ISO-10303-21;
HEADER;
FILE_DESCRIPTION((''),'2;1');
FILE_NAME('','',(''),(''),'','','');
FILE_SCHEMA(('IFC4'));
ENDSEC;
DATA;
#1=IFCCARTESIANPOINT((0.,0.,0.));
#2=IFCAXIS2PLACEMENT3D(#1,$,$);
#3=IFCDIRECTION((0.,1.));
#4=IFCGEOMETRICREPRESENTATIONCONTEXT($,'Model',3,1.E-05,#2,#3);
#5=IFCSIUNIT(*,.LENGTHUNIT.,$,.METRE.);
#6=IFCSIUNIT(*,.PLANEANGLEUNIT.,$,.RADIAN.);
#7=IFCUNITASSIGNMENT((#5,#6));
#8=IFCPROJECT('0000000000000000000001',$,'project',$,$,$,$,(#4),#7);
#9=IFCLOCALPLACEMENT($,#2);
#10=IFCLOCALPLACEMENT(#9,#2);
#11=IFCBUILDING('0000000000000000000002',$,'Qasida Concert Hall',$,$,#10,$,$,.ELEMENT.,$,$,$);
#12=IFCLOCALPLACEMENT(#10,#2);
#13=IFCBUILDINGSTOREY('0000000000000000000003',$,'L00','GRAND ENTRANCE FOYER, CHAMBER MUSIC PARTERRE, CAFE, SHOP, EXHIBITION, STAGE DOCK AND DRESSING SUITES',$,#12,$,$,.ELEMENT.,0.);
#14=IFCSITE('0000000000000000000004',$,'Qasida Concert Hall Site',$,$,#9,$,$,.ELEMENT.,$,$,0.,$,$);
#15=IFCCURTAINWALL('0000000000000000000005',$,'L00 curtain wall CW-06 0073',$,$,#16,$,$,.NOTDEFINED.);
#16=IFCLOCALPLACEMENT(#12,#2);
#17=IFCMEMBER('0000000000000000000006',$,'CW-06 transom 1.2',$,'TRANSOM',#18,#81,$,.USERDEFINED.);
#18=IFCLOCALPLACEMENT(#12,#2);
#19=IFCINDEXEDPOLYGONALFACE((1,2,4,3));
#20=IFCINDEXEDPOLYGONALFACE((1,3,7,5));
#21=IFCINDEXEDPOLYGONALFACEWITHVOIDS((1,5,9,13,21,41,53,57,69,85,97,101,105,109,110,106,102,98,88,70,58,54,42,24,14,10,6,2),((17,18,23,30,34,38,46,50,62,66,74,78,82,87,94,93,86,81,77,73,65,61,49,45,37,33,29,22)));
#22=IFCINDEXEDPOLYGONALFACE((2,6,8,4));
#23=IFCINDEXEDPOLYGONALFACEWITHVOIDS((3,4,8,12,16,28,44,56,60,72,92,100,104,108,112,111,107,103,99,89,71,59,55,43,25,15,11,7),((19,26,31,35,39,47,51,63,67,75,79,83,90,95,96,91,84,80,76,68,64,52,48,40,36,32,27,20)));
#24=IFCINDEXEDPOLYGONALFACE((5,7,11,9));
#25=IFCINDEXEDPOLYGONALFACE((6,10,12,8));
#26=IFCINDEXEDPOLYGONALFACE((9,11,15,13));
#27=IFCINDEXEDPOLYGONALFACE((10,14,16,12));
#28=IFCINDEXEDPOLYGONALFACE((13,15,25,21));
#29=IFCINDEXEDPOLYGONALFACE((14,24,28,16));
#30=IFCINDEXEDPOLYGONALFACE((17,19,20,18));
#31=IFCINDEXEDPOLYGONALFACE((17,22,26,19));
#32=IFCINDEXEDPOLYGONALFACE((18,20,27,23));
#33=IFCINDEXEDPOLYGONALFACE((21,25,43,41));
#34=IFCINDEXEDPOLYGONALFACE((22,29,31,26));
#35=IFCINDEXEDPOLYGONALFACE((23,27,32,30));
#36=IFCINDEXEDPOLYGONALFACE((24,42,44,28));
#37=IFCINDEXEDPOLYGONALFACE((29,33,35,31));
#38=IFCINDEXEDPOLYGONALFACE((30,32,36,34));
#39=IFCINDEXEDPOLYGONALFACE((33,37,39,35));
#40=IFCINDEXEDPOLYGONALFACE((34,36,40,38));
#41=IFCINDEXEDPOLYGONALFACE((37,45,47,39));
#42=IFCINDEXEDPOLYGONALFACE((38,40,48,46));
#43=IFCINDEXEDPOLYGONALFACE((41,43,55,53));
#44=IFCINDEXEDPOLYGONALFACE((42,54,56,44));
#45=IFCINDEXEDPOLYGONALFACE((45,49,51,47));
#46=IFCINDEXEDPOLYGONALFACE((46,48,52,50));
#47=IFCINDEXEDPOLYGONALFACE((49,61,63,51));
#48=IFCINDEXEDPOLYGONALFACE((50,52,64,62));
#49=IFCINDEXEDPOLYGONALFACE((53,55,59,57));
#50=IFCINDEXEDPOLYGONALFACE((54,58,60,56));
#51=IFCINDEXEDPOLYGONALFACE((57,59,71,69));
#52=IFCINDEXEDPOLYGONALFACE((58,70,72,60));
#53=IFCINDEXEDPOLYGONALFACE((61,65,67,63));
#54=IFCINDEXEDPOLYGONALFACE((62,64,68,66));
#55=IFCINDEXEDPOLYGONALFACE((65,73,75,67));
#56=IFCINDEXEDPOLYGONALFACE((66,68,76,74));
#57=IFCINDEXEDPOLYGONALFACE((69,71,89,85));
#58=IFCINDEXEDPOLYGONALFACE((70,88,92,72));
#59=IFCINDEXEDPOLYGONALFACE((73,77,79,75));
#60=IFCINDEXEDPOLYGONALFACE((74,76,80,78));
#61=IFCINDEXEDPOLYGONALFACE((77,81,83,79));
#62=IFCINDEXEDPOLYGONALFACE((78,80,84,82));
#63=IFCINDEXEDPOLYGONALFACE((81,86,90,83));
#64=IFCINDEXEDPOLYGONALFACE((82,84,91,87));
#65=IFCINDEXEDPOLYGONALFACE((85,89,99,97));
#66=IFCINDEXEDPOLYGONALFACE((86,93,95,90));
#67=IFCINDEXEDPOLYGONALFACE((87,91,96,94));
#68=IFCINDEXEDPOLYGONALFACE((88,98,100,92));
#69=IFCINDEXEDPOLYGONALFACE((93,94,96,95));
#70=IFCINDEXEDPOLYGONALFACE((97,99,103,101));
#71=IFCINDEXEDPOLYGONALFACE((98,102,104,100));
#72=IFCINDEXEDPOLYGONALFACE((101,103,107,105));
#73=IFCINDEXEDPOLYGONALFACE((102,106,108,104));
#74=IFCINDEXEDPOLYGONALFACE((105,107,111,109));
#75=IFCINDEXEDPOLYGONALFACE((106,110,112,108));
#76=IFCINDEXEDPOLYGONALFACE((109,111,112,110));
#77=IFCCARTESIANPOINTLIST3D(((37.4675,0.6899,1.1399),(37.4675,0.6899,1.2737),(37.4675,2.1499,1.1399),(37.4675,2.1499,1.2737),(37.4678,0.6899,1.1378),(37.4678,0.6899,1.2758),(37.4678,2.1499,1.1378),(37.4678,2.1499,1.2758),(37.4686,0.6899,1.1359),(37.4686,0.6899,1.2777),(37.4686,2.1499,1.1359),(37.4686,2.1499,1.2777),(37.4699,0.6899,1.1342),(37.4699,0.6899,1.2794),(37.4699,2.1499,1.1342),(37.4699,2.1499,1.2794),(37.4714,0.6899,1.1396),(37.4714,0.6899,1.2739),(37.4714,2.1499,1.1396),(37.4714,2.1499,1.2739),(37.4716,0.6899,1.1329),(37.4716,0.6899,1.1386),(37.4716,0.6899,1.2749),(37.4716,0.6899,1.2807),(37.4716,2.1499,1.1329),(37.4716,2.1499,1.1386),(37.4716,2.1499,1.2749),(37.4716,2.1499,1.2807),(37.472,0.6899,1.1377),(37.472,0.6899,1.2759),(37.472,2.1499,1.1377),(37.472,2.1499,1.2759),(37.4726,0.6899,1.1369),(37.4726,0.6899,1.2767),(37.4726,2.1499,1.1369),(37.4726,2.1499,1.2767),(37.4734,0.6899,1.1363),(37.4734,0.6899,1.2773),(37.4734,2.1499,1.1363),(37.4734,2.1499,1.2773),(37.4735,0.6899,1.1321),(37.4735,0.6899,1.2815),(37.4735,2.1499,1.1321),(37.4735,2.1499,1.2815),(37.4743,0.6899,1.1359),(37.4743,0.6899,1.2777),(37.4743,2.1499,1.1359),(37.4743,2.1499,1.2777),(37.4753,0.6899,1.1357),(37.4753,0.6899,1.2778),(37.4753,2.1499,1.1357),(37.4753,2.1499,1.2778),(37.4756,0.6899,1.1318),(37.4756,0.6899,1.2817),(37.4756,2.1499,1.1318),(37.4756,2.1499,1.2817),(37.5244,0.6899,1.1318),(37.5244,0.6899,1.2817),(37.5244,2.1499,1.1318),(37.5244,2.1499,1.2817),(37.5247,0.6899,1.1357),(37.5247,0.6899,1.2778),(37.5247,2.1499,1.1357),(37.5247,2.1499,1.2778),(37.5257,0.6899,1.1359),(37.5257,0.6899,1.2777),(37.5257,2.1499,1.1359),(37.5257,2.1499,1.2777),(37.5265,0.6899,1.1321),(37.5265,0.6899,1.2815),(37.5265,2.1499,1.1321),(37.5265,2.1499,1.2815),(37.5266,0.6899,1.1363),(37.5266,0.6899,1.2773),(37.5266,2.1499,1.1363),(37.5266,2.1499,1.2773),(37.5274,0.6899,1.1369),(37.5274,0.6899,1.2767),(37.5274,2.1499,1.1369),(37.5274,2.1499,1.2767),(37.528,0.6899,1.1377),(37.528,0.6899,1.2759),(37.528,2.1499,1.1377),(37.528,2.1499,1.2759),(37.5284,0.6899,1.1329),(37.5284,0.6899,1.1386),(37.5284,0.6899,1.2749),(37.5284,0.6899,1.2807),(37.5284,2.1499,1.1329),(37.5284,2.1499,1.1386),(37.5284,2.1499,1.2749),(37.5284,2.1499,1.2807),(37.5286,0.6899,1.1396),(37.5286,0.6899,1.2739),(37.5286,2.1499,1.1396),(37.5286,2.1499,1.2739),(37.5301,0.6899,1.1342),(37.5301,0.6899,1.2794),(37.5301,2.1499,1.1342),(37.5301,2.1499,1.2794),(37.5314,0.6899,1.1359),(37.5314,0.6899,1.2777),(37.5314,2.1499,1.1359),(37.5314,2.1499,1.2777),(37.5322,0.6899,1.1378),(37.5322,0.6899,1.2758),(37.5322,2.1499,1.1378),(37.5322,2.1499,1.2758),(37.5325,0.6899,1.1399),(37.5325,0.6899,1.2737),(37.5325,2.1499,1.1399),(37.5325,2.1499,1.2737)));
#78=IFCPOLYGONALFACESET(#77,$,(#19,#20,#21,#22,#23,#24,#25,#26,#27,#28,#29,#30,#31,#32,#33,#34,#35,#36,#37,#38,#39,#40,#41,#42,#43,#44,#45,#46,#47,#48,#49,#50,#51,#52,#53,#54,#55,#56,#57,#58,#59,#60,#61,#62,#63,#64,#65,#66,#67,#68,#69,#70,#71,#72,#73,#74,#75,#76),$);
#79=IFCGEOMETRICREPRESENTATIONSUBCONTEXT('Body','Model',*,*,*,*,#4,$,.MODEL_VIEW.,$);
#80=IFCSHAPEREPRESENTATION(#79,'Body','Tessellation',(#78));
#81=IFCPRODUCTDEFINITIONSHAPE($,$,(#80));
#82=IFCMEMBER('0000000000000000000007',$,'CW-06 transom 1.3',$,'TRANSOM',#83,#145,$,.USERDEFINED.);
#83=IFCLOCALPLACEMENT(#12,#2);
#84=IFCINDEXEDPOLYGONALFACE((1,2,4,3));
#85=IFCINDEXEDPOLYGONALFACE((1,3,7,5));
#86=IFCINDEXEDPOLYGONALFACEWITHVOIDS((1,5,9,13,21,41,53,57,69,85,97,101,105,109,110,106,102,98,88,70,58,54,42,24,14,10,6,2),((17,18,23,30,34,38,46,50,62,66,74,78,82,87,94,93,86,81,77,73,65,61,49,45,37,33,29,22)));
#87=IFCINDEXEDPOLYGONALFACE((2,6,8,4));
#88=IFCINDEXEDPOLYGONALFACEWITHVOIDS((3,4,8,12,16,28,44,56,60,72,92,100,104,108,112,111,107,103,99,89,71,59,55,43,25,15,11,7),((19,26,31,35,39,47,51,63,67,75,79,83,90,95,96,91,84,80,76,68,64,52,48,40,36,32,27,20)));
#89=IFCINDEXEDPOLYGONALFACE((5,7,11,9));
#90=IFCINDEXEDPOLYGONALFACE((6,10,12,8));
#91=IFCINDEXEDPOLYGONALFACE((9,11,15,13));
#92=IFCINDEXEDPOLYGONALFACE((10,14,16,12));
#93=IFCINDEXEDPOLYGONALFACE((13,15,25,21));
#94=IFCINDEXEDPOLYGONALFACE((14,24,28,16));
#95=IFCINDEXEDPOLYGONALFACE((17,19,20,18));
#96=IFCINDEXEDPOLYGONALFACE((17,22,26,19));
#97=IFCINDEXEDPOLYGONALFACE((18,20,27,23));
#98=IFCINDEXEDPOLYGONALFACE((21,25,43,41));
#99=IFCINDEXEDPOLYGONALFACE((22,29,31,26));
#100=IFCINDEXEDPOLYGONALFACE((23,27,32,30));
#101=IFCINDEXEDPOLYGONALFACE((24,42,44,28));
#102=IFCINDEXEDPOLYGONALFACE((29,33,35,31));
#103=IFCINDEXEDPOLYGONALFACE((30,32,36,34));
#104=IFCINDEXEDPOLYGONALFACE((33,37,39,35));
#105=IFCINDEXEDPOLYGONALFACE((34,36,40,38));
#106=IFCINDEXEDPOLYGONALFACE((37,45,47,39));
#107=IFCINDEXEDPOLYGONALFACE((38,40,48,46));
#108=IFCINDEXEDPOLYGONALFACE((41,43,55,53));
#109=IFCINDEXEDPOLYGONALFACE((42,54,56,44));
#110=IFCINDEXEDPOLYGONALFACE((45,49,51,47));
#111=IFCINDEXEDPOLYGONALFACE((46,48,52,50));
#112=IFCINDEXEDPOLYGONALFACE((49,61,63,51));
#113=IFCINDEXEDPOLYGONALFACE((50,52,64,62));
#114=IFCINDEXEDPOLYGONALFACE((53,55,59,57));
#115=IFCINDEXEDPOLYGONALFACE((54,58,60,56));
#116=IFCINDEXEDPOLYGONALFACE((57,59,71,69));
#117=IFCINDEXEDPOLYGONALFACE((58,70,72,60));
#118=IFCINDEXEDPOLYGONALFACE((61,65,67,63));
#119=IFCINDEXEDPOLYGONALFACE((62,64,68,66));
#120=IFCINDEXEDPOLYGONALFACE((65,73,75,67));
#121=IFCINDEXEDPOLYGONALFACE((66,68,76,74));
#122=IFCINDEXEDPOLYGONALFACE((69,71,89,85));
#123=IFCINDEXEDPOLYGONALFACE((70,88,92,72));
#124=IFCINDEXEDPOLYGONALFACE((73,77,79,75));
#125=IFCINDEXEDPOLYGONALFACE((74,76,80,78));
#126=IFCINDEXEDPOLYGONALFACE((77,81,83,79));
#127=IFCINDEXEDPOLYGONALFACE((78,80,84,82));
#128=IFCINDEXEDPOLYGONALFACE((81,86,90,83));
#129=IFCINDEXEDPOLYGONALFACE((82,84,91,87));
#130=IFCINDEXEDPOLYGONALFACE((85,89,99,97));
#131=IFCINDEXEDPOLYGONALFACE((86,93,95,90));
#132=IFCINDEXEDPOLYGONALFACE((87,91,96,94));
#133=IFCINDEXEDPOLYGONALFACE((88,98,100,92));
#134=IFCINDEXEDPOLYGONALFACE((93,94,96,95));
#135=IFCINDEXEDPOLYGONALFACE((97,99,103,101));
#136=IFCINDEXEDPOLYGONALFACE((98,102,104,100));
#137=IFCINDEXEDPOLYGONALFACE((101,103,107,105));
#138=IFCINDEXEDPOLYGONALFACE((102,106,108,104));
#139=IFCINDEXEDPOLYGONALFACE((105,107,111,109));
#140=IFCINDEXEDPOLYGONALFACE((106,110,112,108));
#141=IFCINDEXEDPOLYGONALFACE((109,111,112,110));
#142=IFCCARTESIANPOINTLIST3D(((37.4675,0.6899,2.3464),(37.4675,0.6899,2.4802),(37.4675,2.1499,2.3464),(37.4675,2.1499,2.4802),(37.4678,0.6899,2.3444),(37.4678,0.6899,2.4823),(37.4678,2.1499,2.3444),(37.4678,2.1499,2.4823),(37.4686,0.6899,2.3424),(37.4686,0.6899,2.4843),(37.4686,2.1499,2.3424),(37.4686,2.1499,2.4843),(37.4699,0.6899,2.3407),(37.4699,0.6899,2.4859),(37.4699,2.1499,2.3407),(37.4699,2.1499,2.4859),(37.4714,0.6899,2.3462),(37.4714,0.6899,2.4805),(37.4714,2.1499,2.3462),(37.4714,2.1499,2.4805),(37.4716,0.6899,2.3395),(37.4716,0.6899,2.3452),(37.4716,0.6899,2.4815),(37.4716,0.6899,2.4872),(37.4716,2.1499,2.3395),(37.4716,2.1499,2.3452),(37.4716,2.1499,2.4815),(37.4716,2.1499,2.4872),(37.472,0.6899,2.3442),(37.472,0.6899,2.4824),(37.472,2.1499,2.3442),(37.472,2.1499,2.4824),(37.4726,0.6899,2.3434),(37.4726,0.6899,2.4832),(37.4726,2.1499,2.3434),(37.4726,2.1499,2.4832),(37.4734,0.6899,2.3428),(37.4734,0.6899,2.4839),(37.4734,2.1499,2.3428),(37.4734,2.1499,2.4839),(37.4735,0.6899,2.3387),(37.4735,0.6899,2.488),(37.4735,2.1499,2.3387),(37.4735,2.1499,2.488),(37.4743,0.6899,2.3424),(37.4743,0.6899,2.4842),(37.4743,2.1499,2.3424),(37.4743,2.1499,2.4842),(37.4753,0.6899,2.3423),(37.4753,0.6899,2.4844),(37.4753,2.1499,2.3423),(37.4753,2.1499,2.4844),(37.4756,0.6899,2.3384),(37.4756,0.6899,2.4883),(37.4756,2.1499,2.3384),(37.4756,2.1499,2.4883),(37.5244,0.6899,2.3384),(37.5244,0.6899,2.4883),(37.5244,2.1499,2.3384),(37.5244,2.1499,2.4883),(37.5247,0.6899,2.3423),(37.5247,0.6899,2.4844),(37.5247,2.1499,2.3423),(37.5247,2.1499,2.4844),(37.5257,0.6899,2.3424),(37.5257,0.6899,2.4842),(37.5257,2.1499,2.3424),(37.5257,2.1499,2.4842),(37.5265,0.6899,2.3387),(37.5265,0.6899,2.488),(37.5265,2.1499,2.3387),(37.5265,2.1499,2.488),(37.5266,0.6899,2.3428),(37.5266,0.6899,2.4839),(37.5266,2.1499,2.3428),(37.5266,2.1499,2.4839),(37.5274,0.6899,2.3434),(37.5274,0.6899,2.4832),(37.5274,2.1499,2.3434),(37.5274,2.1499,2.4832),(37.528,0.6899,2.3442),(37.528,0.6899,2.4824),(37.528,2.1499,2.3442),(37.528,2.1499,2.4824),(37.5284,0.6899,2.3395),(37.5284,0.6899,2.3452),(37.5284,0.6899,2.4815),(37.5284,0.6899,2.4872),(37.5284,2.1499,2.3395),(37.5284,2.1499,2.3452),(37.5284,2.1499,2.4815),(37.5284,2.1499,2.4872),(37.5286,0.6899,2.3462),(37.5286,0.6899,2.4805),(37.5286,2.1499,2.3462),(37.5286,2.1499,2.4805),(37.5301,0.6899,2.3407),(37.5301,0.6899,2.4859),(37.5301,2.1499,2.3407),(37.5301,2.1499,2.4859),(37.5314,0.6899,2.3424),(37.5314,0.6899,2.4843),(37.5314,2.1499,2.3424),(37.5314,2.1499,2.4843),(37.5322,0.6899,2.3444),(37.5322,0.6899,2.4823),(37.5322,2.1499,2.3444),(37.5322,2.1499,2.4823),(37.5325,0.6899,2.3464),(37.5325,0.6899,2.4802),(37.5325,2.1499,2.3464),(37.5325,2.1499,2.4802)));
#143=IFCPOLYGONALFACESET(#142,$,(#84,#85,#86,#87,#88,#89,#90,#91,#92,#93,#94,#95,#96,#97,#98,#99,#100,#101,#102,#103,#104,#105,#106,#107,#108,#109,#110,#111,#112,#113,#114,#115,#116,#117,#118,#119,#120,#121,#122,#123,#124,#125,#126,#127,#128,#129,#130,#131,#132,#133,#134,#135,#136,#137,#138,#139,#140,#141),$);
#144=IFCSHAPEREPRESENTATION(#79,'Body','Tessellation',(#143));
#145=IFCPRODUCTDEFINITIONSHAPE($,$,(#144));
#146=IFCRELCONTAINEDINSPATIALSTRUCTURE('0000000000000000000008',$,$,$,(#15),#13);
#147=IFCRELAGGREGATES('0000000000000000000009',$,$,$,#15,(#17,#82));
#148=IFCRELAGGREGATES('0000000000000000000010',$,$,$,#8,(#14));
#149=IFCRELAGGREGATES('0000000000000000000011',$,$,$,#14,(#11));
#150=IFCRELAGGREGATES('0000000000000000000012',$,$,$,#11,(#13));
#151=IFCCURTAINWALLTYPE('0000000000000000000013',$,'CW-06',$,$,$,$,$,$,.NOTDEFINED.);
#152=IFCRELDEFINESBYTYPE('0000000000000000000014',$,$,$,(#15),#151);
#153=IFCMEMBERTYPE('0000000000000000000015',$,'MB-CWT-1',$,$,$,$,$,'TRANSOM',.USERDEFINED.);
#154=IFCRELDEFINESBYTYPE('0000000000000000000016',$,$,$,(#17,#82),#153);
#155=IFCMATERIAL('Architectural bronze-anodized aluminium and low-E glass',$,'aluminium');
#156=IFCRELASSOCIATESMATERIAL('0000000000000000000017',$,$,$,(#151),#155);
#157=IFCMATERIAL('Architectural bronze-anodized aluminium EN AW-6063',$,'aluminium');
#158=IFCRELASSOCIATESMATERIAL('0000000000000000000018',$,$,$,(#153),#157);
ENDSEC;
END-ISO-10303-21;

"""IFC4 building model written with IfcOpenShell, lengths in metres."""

from ifc_helpers import new_model, si_unit, direction, frame, origin, origin_2d, place, context, subcontext, project, spatial, hollow_rectangle, extrude, material, material_profile, profile_set, type_object, element, aggregate, save


model = new_model("IFC4")

# Units and contexts
model_context = context("Model", 3, precision=1e-05, world=origin(), true_north=direction((0.0, 1.0)))
body_context = subcontext(model_context, "Body", "Model", "MODEL_VIEW")
ifc_project = project(units=[si_unit("LENGTHUNIT", "METRE"), si_unit("PLANEANGLEUNIT", "RADIAN")], contexts=[model_context])

# Site, building, storey
site_placement = place(None, origin())
site = spatial("IfcSite", under=ifc_project, at=site_placement, Name="Qasida Concert Hall Site", CompositionType="ELEMENT", RefElevation=0.0)
building_placement = place(site_placement, origin())
building = spatial("IfcBuilding", under=site, at=building_placement, Name="Qasida Concert Hall", CompositionType="ELEMENT")
storey_placement = place(building_placement, origin())
storey = spatial("IfcBuildingStorey", under=building, at=storey_placement, Name="L00", Description="GRAND ENTRANCE FOYER, CHAMBER MUSIC PARTERRE, CAFE, SHOP, EXHIBITION, STAGE DOCK AND DRESSING SUITES", CompositionType="ELEMENT", Elevation=0.0)

# Curtain wall, members
ifc_material_1 = material(Name="Architectural bronze-anodized aluminium and low-E glass", Category="aluminium")
curtain_wall_type = type_object("IfcCurtainWallType", Name="CW-06", PredefinedType="NOTDEFINED", material=ifc_material_1)
curtain_wall_placement = place(storey_placement, origin())
curtain_wall = element("IfcCurtainWall", 1, at=curtain_wall_placement, inside=storey, type_object=curtain_wall_type, Name="L00 curtain wall CW-06 0073", PredefinedType="NOTDEFINED")
ifc_material_2 = material(Name="Architectural bronze-anodized aluminium EN AW-6063", Category="aluminium")
ifc_material_profile_1 = material_profile(ifc_material_2, hollow_rectangle(XDim=0.0649, YDim=0.1499, WallThickness=0.0039, InnerFilletRadius=0.0039, OuterFilletRadius=0.0081, at=origin_2d()), Name="CWT 150x65x4")
ifc_profile_set_1 = profile_set([ifc_material_profile_1], Name="Architectural bronze-anodized aluminium EN AW-6063")
member_type_1 = type_object("IfcMemberType", Name="MB-CWT-1", ElementType="TRANSOM", PredefinedType="USERDEFINED", material=ifc_profile_set_1)
member_1_placement = place(storey_placement, frame((37.5, 0.6899, 1.2068), z_axis=(0.0, 1.0, 0.0), x_axis=(-1.0, 0.0, 0.0)))
member_1 = element("IfcMember", 2, at=member_1_placement, type_object=member_type_1, Name="CW-06 transom 1.2", ObjectType="TRANSOM", PredefinedType="USERDEFINED", context=body_context, shape_type="SweptSolid", body=[
    extrude(hollow_rectangle(XDim=0.0649, YDim=0.1499, WallThickness=0.0039, InnerFilletRadius=0.0039, OuterFilletRadius=0.0081, at=origin_2d()), origin(), (0.0, 0.0, 1.0), 1.46),
])
member_2_placement = place(storey_placement, frame((37.5, 0.6899, 2.4133), z_axis=(0.0, 1.0, 0.0), x_axis=(-1.0, 0.0, 0.0)))
member_2 = element("IfcMember", 3, at=member_2_placement, type_object=member_type_1, Name="CW-06 transom 1.3", ObjectType="TRANSOM", PredefinedType="USERDEFINED", context=body_context, shape_type="SweptSolid", body=[
    extrude(hollow_rectangle(XDim=0.0649, YDim=0.1499, WallThickness=0.0039, InnerFilletRadius=0.0039, OuterFilletRadius=0.0081, at=origin_2d()), origin(), (0.0, 0.0, 1.0), 1.46),
])
aggregate(curtain_wall, [member_1, member_2])

save(model, "model.ifc")
